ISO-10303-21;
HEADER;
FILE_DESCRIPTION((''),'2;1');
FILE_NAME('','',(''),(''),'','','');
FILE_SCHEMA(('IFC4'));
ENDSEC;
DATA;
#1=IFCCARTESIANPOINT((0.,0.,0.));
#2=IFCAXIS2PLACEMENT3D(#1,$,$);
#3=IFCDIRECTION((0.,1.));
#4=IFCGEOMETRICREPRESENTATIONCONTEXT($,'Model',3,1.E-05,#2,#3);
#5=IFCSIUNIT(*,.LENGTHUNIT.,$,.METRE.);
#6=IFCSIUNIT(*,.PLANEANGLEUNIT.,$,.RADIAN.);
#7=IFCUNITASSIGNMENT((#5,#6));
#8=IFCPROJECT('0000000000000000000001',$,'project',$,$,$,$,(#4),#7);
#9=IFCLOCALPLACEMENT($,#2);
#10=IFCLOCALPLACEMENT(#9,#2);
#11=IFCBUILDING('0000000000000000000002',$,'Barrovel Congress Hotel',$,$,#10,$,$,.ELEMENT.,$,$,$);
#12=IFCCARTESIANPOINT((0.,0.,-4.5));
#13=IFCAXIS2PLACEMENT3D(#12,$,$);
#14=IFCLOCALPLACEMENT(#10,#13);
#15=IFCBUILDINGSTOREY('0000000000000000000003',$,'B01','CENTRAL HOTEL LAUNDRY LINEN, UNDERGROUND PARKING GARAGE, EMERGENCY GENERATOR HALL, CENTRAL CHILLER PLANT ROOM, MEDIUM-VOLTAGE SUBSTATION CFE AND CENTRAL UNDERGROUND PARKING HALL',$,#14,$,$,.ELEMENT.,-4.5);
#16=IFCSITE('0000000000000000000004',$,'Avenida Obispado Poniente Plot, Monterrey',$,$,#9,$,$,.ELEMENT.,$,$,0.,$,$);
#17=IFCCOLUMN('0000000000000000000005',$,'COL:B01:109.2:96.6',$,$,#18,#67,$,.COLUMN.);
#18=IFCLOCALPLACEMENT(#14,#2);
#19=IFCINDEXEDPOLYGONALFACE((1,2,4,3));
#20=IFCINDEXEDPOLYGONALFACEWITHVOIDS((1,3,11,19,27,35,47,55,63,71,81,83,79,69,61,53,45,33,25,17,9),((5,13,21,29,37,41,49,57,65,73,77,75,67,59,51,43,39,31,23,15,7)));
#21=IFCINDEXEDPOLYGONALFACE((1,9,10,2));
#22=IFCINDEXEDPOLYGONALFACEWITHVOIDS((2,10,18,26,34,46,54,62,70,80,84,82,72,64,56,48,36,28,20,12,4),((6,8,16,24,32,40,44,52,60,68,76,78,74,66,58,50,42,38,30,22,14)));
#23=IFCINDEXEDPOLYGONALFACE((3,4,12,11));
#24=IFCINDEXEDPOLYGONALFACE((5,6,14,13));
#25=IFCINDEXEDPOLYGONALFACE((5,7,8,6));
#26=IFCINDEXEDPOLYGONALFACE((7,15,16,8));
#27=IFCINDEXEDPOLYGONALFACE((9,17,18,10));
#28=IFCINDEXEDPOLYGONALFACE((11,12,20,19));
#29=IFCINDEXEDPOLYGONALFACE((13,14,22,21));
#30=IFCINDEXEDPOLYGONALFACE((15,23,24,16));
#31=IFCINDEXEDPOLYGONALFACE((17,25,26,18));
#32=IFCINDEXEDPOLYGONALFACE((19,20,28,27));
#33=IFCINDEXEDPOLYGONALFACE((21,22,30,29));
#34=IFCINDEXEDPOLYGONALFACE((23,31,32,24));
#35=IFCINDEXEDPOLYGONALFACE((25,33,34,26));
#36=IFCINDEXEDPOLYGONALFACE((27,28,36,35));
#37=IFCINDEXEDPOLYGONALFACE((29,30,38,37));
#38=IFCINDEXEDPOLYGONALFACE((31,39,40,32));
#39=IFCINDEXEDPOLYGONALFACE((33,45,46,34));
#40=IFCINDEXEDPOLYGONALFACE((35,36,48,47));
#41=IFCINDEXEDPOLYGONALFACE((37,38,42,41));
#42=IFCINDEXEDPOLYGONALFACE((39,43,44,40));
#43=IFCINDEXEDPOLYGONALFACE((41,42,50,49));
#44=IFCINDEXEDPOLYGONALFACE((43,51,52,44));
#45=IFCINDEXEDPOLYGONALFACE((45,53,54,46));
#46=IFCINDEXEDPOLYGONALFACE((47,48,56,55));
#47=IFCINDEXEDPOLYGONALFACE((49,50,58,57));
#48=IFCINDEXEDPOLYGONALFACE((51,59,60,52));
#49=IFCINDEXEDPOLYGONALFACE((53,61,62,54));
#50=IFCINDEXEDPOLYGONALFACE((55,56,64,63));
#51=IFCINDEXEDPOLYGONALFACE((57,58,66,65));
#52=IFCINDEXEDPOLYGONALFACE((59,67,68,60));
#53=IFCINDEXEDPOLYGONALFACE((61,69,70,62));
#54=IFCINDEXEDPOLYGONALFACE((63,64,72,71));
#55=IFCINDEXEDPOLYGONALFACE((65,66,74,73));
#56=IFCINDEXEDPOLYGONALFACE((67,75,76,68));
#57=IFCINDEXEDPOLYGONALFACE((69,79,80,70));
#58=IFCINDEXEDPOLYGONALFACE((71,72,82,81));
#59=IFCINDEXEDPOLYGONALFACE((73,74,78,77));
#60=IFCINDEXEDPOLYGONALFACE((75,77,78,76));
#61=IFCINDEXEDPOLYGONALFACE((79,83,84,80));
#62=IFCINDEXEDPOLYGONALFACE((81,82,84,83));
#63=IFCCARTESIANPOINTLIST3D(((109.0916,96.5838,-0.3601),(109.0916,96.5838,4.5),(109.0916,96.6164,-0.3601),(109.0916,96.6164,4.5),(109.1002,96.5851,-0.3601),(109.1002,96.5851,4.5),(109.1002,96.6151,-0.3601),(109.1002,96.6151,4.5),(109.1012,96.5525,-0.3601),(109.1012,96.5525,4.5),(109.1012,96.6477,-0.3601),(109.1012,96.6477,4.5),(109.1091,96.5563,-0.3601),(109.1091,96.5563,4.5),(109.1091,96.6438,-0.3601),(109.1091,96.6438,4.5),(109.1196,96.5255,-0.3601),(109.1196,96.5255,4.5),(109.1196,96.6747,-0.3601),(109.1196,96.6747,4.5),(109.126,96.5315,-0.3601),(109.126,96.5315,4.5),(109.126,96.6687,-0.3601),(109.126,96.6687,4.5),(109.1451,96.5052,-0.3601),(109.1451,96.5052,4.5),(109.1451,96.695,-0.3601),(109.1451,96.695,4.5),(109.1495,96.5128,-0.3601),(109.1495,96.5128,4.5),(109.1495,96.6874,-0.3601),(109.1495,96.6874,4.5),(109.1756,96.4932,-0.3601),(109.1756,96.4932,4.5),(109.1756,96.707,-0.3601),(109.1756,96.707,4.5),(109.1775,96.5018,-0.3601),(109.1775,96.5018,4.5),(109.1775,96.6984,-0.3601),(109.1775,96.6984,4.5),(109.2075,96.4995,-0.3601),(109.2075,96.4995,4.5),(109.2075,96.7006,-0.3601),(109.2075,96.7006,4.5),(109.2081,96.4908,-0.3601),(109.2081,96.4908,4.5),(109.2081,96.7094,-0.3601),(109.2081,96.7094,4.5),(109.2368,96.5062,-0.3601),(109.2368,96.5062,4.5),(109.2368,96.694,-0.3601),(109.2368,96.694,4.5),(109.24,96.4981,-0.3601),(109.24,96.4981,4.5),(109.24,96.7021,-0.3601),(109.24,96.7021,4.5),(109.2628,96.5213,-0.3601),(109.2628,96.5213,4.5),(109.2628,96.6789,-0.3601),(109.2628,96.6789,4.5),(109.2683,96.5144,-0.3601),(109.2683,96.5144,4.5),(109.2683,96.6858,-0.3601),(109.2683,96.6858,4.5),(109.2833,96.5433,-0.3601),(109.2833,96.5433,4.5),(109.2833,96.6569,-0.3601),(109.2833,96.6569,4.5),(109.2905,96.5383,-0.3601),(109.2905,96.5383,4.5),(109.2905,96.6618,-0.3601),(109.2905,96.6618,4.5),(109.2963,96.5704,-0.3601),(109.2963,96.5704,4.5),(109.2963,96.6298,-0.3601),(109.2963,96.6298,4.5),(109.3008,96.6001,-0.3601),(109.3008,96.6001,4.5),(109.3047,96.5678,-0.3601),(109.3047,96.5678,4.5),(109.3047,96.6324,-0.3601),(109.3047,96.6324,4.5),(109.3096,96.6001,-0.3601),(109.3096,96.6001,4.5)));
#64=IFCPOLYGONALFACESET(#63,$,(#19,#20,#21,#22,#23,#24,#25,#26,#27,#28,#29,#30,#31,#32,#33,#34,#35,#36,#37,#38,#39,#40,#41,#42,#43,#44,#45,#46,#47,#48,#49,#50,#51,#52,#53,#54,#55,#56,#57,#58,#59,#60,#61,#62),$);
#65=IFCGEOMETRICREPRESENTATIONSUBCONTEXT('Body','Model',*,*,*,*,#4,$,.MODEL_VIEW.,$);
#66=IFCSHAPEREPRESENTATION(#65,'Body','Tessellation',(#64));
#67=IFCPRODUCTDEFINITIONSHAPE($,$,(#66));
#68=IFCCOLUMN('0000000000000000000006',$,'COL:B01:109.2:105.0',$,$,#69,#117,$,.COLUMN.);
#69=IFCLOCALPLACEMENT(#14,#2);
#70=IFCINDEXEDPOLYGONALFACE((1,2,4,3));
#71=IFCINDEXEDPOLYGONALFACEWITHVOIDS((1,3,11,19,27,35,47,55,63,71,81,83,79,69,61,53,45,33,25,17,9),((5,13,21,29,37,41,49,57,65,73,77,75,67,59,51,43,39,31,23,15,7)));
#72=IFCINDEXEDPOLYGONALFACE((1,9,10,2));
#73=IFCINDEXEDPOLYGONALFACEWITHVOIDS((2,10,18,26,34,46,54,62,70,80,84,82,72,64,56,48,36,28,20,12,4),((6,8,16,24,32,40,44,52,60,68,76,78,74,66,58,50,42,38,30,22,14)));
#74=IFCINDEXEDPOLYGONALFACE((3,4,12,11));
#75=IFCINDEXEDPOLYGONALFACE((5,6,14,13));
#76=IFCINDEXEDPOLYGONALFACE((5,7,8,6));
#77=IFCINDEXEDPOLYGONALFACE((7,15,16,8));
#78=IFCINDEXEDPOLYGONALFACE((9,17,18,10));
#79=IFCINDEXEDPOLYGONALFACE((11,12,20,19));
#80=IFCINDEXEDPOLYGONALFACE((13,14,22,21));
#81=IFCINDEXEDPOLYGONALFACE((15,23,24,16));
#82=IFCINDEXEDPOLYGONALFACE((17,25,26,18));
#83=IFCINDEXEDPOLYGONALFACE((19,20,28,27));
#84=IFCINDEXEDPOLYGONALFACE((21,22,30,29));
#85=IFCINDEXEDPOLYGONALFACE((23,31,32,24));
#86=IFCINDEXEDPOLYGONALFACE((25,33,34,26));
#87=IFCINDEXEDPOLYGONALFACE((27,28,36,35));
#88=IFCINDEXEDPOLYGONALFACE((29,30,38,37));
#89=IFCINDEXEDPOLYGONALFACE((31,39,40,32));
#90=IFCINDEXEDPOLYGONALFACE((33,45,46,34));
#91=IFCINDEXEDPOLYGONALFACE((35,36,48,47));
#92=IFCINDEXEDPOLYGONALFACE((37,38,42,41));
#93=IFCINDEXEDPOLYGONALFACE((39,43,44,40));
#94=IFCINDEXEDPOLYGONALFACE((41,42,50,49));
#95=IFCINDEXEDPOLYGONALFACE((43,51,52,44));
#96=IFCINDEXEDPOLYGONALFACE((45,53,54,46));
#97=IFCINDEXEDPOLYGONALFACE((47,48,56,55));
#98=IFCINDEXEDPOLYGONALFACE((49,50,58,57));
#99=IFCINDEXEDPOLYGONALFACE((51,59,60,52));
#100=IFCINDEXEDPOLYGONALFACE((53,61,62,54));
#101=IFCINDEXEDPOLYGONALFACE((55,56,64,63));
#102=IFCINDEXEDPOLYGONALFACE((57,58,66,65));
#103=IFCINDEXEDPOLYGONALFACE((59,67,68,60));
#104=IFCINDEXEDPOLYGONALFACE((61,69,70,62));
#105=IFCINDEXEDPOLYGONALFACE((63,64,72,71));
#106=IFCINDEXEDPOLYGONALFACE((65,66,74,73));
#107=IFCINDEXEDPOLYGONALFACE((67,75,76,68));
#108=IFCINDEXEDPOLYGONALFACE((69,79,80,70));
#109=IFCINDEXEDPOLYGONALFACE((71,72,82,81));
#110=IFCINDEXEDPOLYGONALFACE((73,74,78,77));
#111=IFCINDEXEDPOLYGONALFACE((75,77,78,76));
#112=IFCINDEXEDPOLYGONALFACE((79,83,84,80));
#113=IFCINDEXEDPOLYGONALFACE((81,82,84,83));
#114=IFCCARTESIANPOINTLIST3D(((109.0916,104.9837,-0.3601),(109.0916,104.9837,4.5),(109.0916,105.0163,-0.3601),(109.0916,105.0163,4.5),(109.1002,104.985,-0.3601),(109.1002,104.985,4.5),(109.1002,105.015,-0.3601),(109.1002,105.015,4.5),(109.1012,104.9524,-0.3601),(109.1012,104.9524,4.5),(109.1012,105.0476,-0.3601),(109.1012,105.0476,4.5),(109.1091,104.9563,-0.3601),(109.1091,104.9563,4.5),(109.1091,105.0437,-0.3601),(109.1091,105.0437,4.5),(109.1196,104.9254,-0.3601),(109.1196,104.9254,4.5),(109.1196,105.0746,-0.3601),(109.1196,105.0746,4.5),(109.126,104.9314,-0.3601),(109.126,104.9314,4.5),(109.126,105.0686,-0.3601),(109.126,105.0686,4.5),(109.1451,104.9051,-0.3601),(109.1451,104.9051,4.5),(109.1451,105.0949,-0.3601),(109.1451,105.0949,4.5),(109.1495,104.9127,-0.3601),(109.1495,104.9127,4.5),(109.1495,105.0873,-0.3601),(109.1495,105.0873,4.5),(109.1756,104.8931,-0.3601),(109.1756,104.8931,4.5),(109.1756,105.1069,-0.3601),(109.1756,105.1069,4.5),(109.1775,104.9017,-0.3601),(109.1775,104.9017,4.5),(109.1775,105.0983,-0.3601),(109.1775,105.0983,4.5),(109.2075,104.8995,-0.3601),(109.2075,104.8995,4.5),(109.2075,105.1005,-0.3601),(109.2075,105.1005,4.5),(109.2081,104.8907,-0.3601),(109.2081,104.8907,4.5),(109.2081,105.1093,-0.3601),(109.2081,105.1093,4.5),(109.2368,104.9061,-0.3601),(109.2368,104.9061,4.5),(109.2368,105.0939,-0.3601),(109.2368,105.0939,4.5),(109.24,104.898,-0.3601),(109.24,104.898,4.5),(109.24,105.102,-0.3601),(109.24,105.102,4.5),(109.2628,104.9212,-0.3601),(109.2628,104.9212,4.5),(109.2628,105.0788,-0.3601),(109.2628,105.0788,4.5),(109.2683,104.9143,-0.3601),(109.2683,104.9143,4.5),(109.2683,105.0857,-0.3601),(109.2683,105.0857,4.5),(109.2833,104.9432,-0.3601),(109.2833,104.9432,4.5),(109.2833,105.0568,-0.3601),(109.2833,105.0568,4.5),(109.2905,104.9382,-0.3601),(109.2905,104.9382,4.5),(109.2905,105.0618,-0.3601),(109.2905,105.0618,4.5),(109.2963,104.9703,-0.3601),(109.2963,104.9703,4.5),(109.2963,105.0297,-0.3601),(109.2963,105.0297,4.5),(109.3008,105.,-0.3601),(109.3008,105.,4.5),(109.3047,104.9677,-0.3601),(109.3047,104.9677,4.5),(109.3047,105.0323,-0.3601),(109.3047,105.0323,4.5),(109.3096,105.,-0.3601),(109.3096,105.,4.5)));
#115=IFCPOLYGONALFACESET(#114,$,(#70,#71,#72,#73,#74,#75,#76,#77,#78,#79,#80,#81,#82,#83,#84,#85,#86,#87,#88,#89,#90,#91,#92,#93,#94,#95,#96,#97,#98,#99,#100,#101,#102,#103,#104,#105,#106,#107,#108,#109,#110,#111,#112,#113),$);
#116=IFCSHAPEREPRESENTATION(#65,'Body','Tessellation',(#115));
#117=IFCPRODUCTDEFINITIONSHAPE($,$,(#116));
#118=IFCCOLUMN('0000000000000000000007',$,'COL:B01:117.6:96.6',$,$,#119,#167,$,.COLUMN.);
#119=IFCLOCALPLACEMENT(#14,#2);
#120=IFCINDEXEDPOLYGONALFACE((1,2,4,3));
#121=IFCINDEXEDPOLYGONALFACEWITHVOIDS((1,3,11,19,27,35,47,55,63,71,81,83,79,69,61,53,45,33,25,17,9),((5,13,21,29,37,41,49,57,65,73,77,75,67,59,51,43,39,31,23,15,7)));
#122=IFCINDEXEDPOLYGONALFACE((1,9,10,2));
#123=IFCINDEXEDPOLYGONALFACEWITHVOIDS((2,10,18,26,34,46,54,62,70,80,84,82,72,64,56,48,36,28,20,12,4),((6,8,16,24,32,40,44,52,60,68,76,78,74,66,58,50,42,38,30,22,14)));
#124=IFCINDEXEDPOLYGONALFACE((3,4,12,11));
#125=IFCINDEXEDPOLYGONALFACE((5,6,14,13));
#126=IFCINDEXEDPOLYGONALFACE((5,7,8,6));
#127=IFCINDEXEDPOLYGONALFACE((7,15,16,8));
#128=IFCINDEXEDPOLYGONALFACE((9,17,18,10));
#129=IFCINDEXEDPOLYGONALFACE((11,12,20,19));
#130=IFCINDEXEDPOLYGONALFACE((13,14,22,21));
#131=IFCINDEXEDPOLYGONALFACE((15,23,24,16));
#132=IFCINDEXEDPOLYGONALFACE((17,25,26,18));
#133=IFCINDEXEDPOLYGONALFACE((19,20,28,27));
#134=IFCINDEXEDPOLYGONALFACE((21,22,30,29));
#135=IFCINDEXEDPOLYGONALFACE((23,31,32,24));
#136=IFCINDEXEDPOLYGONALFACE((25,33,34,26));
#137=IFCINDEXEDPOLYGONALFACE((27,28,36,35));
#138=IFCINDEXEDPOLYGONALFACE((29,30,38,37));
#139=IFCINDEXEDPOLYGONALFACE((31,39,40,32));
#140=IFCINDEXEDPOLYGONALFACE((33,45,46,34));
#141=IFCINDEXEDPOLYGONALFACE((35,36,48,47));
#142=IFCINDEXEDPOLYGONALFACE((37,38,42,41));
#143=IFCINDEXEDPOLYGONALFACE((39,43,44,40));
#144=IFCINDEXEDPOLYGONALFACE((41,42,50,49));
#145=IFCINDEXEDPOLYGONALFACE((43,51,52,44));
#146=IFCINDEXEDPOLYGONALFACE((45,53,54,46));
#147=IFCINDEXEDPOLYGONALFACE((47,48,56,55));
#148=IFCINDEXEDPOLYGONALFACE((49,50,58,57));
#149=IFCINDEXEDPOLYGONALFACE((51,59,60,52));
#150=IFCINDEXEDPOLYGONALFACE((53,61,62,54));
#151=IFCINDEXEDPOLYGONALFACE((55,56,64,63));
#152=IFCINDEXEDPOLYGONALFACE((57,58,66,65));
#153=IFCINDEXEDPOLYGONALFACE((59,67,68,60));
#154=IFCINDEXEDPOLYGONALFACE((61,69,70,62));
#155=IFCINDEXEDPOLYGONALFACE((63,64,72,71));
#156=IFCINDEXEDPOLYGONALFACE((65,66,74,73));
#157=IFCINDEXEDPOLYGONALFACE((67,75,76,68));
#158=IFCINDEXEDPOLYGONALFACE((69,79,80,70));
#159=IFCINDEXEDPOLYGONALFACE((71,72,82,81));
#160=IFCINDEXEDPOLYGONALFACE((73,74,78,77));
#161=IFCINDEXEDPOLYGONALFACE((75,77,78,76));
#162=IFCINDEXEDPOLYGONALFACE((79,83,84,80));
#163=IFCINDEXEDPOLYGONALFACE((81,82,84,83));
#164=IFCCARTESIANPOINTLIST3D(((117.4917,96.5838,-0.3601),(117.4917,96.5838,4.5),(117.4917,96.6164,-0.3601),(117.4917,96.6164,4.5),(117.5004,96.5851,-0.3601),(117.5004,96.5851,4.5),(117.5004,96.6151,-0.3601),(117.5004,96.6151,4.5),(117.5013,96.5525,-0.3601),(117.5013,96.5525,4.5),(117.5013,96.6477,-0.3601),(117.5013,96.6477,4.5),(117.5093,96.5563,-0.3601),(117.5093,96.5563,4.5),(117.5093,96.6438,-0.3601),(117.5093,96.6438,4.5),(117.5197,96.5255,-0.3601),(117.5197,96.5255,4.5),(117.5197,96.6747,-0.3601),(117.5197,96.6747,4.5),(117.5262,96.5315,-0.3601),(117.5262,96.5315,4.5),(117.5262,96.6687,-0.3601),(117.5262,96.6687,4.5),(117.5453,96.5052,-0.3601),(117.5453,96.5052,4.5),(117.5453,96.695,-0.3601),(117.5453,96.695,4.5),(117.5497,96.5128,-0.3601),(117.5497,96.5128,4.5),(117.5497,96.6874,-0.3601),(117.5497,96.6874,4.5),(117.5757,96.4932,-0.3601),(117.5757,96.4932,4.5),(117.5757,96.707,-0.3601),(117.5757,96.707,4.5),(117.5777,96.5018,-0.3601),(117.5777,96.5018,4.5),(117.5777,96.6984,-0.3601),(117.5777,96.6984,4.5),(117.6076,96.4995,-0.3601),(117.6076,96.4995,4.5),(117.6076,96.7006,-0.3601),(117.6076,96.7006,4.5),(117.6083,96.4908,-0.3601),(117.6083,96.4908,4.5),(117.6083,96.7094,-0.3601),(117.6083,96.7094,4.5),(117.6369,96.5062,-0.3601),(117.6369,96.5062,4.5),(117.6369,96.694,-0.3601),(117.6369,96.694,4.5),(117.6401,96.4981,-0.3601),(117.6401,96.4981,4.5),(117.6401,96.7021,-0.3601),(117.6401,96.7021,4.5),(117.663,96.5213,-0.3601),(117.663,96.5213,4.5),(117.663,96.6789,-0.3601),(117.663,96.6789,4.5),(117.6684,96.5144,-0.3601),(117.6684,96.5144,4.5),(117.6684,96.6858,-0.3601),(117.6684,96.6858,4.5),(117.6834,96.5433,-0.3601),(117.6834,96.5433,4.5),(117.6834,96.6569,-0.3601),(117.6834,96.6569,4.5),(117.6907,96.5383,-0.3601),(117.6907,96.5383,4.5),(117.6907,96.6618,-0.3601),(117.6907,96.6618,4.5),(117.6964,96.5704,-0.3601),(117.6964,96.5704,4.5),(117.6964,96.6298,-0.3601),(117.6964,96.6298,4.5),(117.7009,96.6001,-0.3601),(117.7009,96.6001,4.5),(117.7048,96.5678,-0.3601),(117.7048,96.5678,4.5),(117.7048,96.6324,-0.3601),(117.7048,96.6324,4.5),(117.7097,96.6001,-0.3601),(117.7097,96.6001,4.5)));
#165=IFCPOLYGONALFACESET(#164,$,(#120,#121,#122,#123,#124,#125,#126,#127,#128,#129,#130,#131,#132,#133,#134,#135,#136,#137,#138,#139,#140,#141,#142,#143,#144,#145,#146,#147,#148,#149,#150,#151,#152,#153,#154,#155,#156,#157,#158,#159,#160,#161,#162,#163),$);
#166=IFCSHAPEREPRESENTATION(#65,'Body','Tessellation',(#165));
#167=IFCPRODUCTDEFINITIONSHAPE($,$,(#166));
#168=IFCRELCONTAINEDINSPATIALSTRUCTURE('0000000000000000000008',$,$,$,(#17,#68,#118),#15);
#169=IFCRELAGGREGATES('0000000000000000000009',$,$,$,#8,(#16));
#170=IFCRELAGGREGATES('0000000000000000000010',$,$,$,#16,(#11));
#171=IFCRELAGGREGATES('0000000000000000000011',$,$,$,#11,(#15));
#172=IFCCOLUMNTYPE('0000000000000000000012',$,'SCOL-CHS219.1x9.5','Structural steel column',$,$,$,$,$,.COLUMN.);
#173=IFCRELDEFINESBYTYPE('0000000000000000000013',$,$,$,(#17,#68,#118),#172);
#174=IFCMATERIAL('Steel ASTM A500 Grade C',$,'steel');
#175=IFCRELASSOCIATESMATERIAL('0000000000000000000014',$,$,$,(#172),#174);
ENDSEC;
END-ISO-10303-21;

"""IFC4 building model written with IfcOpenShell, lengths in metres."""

from ifc_helpers import new_model, si_unit, direction, frame, origin, origin_2d, place, context, subcontext, project, spatial, hollow_circle, extrude, material, material_profile, profile_set, type_object, element, save


model = new_model("IFC4")

# Units and contexts
model_context = context("Model", 3, precision=1e-05, world=origin(), true_north=direction((0.0, 1.0)))
body_context = subcontext(model_context, "Body", "Model", "MODEL_VIEW")
ifc_project = project(units=[si_unit("LENGTHUNIT", "METRE"), si_unit("PLANEANGLEUNIT", "RADIAN")], contexts=[model_context])

# Site, building, storey
site_placement = place(None, origin())
site = spatial("IfcSite", under=ifc_project, at=site_placement, Name="Avenida Obispado Poniente Plot, Monterrey", CompositionType="ELEMENT", RefElevation=0.0)
building_placement = place(site_placement, origin())
building = spatial("IfcBuilding", under=site, at=building_placement, Name="Barrovel Congress Hotel", CompositionType="ELEMENT")
storey_placement = place(building_placement, frame((0.0, 0.0, -4.5)))
storey = spatial("IfcBuildingStorey", under=building, at=storey_placement, Name="B01", Description="CENTRAL HOTEL LAUNDRY LINEN, UNDERGROUND PARKING GARAGE, EMERGENCY GENERATOR HALL, CENTRAL CHILLER PLANT ROOM, MEDIUM-VOLTAGE SUBSTATION CFE AND CENTRAL UNDERGROUND PARKING HALL", CompositionType="ELEMENT", Elevation=-4.5)

# Columns
ifc_material_1 = material(Name="Steel ASTM A500 Grade C", Category="steel")
ifc_material_profile_1 = material_profile(ifc_material_1, hollow_circle(Radius=0.1096, WallThickness=0.0088, at=origin_2d()), Name="CHS219.1x9.5")
ifc_profile_set_1 = profile_set([ifc_material_profile_1], Name="Steel ASTM A500 Grade C")
column_type_1 = type_object("IfcColumnType", Name="SCOL-CHS219.1x9.5", Description="Structural steel column", PredefinedType="COLUMN", material=ifc_profile_set_1)
for number, where, z_axis, x_axis, name in (
    (1, (109.2, 96.6001, -0.3601), (0.0, 0.0, 1.0), (1.0, 0.0, 0.0), "COL:B01:109.2:96.6"),
    (2, (109.2, 105.0, -0.3601), (0.0, 0.0, 1.0), (1.0, 0.0, 0.0), "COL:B01:109.2:105.0"),
    (3, (117.6001, 96.6001, -0.3601), (0.0, 0.0, 1.0), (1.0, 0.0, 0.0), "COL:B01:117.6:96.6"),
):
    element("IfcColumn", number, at=place(storey_placement, frame(where, z_axis=z_axis, x_axis=x_axis)), inside=storey, type_object=column_type_1, Name=name, PredefinedType="COLUMN", context=body_context, shape_type="SweptSolid", body=[
        extrude(hollow_circle(Radius=0.1096, WallThickness=0.0088, at=origin_2d()), origin(), (0.0, 0.0, 1.0), 4.8601),
    ])

save(model, "model.ifc")
